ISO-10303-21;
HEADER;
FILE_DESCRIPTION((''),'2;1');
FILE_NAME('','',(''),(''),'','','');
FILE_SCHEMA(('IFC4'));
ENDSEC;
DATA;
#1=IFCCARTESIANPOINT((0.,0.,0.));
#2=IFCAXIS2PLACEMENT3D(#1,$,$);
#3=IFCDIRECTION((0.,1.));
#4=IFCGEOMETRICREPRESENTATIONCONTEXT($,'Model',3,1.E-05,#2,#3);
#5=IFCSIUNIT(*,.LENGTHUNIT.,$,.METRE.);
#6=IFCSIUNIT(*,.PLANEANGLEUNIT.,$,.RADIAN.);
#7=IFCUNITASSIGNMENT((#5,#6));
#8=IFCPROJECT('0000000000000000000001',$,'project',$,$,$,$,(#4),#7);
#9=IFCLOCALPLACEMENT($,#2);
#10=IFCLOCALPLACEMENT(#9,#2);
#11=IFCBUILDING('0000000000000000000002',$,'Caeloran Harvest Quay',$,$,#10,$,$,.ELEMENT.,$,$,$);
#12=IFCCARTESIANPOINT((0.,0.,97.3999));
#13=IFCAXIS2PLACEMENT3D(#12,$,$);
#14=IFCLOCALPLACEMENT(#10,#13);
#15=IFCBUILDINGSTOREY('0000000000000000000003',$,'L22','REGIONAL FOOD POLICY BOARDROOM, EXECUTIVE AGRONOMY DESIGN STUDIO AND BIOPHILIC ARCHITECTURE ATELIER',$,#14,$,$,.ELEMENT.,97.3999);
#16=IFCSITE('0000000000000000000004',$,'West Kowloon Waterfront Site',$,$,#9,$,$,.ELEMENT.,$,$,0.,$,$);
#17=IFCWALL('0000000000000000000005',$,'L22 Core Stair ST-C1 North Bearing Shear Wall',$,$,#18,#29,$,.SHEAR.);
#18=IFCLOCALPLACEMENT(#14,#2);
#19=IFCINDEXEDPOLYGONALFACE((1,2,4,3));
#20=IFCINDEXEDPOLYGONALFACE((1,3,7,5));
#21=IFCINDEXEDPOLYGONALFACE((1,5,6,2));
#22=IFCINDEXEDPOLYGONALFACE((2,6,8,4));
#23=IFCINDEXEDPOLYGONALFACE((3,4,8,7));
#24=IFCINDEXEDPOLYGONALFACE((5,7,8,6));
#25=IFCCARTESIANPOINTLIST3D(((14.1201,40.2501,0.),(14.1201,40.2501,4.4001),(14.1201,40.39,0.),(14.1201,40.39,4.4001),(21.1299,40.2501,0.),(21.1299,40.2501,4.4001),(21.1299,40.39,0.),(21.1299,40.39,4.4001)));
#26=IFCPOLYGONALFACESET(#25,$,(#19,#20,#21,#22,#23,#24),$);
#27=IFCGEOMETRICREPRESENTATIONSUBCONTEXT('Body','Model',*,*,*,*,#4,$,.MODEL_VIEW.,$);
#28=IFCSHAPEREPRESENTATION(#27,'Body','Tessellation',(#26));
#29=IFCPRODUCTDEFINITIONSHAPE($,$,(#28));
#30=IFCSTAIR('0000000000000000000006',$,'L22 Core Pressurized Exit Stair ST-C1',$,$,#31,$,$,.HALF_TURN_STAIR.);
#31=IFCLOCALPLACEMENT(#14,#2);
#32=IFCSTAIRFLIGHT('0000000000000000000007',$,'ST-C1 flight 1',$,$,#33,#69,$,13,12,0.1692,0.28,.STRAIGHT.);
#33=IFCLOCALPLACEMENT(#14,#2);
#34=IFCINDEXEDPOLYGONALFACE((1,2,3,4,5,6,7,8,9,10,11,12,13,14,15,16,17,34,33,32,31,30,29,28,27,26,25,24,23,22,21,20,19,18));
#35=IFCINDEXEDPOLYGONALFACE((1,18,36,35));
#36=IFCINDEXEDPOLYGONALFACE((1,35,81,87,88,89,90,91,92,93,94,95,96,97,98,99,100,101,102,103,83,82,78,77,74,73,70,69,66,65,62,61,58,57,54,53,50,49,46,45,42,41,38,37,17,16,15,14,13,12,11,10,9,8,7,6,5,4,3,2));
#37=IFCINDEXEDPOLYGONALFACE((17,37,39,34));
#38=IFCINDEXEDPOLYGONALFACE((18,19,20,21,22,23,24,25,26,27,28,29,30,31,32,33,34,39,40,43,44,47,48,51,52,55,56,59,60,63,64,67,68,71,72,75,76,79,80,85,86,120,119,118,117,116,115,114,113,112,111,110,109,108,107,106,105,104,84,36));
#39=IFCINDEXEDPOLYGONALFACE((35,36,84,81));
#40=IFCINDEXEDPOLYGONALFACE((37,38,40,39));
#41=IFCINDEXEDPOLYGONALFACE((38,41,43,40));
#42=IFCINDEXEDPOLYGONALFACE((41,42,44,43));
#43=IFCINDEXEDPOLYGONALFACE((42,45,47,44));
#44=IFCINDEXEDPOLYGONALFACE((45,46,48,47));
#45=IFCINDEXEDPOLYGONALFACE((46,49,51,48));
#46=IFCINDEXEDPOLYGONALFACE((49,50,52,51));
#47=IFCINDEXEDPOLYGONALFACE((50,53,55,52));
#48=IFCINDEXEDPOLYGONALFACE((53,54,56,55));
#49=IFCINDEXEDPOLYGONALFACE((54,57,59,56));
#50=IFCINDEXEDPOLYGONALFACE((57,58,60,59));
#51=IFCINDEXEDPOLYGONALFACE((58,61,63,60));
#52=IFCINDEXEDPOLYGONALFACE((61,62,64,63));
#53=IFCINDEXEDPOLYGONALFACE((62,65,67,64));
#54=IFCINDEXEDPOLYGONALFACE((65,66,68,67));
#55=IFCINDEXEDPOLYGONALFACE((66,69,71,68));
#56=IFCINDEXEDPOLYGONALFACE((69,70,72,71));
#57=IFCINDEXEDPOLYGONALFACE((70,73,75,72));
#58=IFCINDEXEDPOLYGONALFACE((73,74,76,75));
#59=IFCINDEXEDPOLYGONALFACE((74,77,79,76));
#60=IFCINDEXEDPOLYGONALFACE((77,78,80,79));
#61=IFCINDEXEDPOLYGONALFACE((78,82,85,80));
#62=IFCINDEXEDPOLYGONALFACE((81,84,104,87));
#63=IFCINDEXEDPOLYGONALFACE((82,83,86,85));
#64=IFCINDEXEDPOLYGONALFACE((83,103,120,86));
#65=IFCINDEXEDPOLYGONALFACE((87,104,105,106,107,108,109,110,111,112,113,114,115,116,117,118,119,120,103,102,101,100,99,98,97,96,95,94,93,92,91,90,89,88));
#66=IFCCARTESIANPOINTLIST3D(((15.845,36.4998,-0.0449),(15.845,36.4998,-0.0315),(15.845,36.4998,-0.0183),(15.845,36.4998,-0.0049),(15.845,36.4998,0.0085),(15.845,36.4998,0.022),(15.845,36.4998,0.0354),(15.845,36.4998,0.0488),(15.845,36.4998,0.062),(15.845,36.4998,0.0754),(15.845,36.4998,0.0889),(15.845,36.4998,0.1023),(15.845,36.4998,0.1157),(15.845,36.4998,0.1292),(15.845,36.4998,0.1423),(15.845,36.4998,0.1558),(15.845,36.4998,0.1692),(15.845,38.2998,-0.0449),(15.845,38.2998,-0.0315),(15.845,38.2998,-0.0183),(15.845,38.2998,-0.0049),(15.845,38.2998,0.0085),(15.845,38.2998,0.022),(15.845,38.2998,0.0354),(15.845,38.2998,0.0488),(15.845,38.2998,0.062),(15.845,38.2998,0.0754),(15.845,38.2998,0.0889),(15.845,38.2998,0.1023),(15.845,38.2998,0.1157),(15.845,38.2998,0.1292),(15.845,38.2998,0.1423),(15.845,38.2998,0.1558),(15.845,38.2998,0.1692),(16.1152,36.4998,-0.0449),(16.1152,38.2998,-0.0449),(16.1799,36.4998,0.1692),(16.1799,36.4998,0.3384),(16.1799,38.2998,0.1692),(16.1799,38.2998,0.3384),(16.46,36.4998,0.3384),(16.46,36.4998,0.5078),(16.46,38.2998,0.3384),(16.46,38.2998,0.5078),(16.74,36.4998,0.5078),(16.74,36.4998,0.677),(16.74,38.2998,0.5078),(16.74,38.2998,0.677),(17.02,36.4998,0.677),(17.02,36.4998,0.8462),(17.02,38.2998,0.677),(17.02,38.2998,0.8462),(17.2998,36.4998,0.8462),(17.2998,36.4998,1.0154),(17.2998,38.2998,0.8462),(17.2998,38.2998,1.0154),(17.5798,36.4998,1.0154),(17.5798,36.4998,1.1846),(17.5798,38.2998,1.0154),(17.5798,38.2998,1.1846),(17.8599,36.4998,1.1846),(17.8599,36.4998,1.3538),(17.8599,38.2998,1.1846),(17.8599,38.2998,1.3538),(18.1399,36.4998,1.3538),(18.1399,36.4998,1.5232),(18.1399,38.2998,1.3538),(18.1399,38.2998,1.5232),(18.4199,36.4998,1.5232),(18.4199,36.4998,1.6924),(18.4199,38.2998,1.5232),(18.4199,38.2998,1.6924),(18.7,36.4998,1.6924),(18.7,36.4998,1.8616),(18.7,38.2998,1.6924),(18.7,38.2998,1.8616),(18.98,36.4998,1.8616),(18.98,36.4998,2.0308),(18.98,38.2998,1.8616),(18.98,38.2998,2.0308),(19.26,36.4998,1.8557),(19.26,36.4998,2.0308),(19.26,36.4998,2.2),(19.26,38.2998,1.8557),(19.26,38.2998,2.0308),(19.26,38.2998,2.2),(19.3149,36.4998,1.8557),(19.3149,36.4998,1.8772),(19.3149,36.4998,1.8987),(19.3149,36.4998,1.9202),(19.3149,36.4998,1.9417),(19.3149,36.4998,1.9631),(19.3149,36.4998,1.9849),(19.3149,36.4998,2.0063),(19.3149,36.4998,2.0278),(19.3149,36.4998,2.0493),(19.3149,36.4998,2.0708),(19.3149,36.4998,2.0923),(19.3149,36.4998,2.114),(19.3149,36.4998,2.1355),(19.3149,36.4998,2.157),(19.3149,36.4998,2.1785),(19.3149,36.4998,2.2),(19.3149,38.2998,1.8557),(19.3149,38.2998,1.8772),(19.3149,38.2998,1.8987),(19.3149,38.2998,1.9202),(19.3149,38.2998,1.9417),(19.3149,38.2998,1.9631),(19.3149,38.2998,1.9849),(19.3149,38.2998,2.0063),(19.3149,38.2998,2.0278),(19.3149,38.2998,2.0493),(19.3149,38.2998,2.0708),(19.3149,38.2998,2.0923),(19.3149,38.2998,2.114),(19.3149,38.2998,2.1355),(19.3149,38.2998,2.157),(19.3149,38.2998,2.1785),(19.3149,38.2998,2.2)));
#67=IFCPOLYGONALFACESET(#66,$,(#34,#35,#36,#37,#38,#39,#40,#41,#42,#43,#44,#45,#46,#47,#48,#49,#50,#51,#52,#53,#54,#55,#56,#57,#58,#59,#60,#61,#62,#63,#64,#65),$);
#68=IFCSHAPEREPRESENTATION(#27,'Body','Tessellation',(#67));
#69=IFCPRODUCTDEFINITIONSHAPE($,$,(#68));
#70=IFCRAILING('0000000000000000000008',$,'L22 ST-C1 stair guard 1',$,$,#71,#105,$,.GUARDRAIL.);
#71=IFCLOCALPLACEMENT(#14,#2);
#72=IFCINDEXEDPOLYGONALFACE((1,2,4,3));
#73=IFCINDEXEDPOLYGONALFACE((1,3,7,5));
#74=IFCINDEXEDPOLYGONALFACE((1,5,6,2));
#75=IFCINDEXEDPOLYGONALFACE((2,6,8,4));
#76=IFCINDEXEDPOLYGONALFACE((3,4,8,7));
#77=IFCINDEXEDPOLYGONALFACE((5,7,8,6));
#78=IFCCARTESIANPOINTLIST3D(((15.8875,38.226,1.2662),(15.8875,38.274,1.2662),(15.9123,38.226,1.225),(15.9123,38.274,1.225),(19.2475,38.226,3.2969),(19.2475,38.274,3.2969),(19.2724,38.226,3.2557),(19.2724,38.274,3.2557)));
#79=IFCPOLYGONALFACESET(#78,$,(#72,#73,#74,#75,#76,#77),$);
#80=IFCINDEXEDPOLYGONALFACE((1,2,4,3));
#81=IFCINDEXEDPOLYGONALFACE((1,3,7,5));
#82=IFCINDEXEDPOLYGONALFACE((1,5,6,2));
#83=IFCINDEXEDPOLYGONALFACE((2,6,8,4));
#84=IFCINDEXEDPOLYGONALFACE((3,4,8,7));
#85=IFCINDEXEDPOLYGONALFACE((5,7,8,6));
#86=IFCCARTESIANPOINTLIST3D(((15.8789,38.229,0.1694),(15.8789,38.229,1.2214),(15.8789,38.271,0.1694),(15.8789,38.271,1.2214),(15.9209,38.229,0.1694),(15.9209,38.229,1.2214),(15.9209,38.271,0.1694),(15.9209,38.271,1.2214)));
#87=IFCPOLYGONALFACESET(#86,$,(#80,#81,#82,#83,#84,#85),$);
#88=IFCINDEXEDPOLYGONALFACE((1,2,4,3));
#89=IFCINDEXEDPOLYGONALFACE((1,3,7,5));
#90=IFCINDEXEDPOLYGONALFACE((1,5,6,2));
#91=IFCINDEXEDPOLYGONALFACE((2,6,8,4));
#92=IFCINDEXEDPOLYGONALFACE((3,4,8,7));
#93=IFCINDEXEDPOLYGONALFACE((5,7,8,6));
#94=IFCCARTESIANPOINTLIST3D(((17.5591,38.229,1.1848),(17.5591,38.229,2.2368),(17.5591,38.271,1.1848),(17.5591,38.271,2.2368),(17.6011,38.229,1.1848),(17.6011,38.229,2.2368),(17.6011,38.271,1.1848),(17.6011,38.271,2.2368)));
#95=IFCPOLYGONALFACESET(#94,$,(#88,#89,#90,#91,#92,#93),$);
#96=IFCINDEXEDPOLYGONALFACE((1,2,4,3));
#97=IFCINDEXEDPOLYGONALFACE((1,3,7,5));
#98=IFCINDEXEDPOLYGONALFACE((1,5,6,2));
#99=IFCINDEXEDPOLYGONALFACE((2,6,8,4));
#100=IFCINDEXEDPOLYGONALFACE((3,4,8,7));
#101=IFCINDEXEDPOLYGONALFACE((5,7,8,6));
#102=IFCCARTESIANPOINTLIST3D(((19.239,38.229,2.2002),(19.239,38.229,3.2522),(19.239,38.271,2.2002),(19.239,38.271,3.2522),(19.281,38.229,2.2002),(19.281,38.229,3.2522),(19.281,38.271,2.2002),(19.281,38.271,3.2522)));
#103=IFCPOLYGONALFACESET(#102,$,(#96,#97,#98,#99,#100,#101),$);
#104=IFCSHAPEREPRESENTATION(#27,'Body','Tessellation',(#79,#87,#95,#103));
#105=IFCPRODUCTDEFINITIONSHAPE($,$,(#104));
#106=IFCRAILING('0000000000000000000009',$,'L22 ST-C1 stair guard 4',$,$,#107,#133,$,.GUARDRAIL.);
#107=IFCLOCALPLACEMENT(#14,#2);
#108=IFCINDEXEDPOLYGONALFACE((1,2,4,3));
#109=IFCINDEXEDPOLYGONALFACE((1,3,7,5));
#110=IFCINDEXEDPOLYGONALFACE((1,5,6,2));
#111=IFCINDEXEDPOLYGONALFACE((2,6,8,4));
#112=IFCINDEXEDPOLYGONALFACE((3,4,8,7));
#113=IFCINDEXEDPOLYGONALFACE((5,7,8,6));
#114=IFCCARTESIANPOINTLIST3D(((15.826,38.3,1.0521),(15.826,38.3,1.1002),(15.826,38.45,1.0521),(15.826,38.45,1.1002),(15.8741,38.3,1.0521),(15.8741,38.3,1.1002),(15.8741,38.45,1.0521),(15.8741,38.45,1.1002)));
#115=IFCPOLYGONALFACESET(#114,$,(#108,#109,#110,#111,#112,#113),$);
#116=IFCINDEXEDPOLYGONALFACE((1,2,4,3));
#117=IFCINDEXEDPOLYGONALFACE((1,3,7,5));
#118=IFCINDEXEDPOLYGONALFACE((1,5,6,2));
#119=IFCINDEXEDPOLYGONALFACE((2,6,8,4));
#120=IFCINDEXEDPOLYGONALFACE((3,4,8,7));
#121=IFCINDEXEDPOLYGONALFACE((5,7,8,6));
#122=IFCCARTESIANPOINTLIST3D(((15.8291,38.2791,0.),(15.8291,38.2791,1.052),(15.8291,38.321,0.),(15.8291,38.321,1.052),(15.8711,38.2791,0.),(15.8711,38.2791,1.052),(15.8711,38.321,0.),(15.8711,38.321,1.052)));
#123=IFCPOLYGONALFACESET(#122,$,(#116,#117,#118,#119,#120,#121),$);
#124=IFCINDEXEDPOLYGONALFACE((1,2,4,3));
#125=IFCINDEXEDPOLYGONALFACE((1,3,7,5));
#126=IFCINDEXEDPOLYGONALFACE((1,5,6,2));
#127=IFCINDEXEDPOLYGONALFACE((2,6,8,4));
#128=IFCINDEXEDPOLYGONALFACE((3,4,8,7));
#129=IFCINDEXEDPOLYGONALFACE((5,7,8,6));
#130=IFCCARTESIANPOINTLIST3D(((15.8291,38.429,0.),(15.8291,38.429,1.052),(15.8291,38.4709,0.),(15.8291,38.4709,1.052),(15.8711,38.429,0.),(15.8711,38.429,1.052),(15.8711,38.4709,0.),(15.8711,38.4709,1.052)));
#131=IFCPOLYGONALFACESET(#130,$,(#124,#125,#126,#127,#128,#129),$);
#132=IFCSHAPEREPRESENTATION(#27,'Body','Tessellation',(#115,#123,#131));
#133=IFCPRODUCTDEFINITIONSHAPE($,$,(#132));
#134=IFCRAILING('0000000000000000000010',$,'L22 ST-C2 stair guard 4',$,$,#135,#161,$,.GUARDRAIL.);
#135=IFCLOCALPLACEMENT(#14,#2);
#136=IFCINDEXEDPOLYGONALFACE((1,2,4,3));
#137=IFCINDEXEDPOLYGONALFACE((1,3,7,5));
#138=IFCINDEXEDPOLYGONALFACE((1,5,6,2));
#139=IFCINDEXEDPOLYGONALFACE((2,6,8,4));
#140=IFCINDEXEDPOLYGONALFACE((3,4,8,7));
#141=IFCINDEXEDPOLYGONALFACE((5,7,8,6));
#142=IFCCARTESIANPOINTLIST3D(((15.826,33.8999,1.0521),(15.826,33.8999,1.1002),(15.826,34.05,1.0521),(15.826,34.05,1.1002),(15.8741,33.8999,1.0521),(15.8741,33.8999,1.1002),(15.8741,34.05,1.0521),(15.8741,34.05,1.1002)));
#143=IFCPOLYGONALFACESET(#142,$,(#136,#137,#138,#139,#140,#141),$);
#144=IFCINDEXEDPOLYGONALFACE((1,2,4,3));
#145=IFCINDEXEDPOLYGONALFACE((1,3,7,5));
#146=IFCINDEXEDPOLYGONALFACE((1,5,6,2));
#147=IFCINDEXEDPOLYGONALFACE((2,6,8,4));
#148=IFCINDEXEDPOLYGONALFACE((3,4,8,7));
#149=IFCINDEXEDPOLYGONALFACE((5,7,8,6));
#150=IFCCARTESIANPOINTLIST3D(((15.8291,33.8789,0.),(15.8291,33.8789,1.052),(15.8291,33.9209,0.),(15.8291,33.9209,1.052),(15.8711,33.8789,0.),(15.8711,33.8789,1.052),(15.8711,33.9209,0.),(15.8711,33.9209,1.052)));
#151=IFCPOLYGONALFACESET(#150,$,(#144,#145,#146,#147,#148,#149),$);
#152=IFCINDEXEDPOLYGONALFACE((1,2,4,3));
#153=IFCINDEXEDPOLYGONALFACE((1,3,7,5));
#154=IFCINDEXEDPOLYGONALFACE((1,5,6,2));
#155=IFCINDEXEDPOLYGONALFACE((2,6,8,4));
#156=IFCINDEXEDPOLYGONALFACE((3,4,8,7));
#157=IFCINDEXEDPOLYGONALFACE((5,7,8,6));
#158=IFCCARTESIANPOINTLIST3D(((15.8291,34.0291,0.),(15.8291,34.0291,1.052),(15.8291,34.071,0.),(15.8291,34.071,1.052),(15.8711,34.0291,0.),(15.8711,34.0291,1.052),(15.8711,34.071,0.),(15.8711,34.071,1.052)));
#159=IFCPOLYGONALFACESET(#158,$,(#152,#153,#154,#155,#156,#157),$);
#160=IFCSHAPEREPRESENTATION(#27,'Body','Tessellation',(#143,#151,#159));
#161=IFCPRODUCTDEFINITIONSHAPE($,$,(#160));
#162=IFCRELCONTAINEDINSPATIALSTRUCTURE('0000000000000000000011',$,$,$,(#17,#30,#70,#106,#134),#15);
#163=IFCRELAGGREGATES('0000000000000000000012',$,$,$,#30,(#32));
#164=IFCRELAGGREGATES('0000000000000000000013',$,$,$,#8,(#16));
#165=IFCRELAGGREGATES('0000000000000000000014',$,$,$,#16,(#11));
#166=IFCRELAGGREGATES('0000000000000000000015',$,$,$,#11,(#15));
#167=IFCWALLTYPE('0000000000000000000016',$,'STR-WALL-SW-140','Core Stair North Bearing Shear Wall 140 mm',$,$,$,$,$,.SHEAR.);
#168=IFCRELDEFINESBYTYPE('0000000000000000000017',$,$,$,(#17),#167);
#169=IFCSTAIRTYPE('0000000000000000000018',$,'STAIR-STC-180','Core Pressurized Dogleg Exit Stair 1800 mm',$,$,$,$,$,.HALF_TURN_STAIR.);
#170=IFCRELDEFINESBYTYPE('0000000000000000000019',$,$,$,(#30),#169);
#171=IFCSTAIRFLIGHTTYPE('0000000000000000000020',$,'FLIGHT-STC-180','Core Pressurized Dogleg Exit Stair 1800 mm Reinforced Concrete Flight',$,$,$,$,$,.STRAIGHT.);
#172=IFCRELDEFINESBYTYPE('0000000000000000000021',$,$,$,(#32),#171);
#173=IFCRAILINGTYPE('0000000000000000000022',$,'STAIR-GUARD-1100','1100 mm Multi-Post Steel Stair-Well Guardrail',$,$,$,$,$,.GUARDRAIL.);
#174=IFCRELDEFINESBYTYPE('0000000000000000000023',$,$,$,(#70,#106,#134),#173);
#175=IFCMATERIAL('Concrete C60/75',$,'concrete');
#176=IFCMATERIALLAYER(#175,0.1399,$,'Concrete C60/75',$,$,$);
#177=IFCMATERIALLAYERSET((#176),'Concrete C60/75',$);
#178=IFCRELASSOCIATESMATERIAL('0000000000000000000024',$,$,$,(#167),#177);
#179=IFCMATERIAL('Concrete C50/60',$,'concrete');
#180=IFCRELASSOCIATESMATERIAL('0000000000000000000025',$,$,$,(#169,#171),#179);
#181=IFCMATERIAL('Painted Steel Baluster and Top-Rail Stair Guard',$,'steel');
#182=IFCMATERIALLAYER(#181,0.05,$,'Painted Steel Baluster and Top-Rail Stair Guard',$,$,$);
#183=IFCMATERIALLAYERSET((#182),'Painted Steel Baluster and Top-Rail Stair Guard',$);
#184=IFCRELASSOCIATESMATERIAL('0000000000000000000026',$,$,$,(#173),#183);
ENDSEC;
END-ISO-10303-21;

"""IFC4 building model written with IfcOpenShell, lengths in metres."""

from ifc_helpers import new_model, si_unit, direction, frame, frame_2d, origin, origin_2d, place, context, subcontext, project, spatial, polyline, rectangle, outline, extrude, material, layer, layer_set, type_object, element, aggregate, save


model = new_model("IFC4")

# Units and contexts
model_context = context("Model", 3, precision=1e-05, world=origin(), true_north=direction((0.0, 1.0)))
body_context = subcontext(model_context, "Body", "Model", "MODEL_VIEW")
ifc_project = project(units=[si_unit("LENGTHUNIT", "METRE"), si_unit("PLANEANGLEUNIT", "RADIAN")], contexts=[model_context])

# Site, building, storey
site_placement = place(None, origin())
site = spatial("IfcSite", under=ifc_project, at=site_placement, Name="West Kowloon Waterfront Site", CompositionType="ELEMENT", RefElevation=0.0)
building_placement = place(site_placement, origin())
building = spatial("IfcBuilding", under=site, at=building_placement, Name="Caeloran Harvest Quay", CompositionType="ELEMENT")
storey_placement = place(building_placement, frame((0.0, 0.0, 97.3999)))
storey = spatial("IfcBuildingStorey", under=building, at=storey_placement, Name="L22", Description="REGIONAL FOOD POLICY BOARDROOM, EXECUTIVE AGRONOMY DESIGN STUDIO AND BIOPHILIC ARCHITECTURE ATELIER", CompositionType="ELEMENT", Elevation=97.3999)

# Shared definitions
ifc_material_1 = material(Name="Concrete C50/60", Category="concrete")

# Wall
ifc_material_2 = material(Name="Concrete C60/75", Category="concrete")
ifc_layer_1 = layer(ifc_material_2, 0.1399, Name="Concrete C60/75")
ifc_layer_set_1 = layer_set([ifc_layer_1], Name="Concrete C60/75")
wall_type_1 = type_object("IfcWallType", Name="STR-WALL-SW-140", Description="Core Stair North Bearing Shear Wall 140 mm", PredefinedType="SHEAR", material=ifc_layer_set_1)
wall_1_placement = place(storey_placement, frame((14.1201, 40.3201, 0.0), z_axis=(0.0, 0.0, 1.0), x_axis=(1.0, 0.0, 0.0)))
element("IfcWall", 1, at=wall_1_placement, inside=storey, type_object=wall_type_1, Name="L22 Core Stair ST-C1 North Bearing Shear Wall", PredefinedType="SHEAR", context=body_context, shape_type="SweptSolid", body=[
    extrude(rectangle(XDim=7.0098, YDim=0.1399, at=frame_2d((3.5049, 0.0))), origin(), (0.0, 0.0, 1.0), 4.4001),
])

# Stair, stair flight
stair_type = type_object("IfcStairType", Name="STAIR-STC-180", Description="Core Pressurized Dogleg Exit Stair 1800 mm", PredefinedType="HALF_TURN_STAIR", material=ifc_material_1)
stair_placement = place(storey_placement, origin())
stair = element("IfcStair", 2, at=stair_placement, inside=storey, type_object=stair_type, Name="L22 Core Pressurized Exit Stair ST-C1", PredefinedType="HALF_TURN_STAIR")
stair_flight_type = type_object("IfcStairFlightType", Name="FLIGHT-STC-180", Description="Core Pressurized Dogleg Exit Stair 1800 mm Reinforced Concrete Flight", PredefinedType="STRAIGHT", material=ifc_material_1)
stair_flight_placement = place(storey_placement, frame((15.8999, 37.3999, 0.0), z_axis=(0.0, 0.0, 1.0), x_axis=(1.0, 0.0, 0.0)))
stair_flight = element("IfcStairFlight", 3, at=stair_flight_placement, type_object=stair_flight_type, Name="ST-C1 flight 1", NumberOfRisers=13, NumberOfTreads=12, PredefinedType="STRAIGHT", RiserHeight=0.1692, TreadLength=0.28, context=body_context, shape_type="SweptSolid", body=[
    extrude(outline(polyline([(-0.0549, -0.0449), (-0.0549, -0.0315), (-0.0549, -0.0183), (-0.0549, -0.0049), (-0.0549, 0.0085), (-0.0549, 0.022), (-0.0549, 0.0354), (-0.0549, 0.0488), (-0.0549, 0.062), (-0.0549, 0.0754), (-0.0549, 0.0889), (-0.0549, 0.1023), (-0.0549, 0.1157), (-0.0549, 0.1292), (-0.0549, 0.1423), (-0.0549, 0.1558), (-0.0549, 0.1692), (0.28, 0.1692), (0.28, 0.3384), (0.5601, 0.3384), (0.5601, 0.5078), (0.8401, 0.5078), (0.8401, 0.677), (1.1201, 0.677), (1.1201, 0.8462), (1.3999, 0.8462), (1.3999, 1.0154), (1.6799, 1.0154), (1.6799, 1.1846), (1.96, 1.1846), (1.96, 1.3538), (2.24, 1.3538), (2.24, 1.5232), (2.52, 1.5232), (2.52, 1.6924), (2.8, 1.6924), (2.8, 1.8616), (3.0801, 1.8616), (3.0801, 2.0308), (3.3601, 2.0308), (3.3601, 2.2), (3.415, 2.2), (3.415, 2.1785), (3.415, 2.157), (3.415, 2.1355), (3.415, 2.114), (3.415, 2.0923), (3.415, 2.0708), (3.415, 2.0493), (3.415, 2.0278), (3.415, 2.0063), (3.415, 1.9849), (3.415, 1.9631), (3.415, 1.9417), (3.415, 1.9202), (3.415, 1.8987), (3.415, 1.8772), (3.415, 1.8557), (3.3601, 1.8557), (0.2153, -0.0449), (-0.0549, -0.0449)])), frame((0.0, 0.8999, 0.0), z_axis=(0.0, -1.0, 0.0), x_axis=(1.0, 0.0, 0.0)), (0.0, 0.0, 1.0), 1.8),
])
aggregate(stair, [stair_flight])

# Railings
ifc_material_3 = material(Name="Painted Steel Baluster and Top-Rail Stair Guard", Category="steel")
ifc_layer_2 = layer(ifc_material_3, 0.05, Name="Painted Steel Baluster and Top-Rail Stair Guard")
ifc_layer_set_2 = layer_set([ifc_layer_2], Name="Painted Steel Baluster and Top-Rail Stair Guard")
railing_type_1 = type_object("IfcRailingType", Name="STAIR-GUARD-1100", Description="1100 mm Multi-Post Steel Stair-Well Guardrail", PredefinedType="GUARDRAIL", material=ifc_layer_set_2)
railing_1_placement = place(storey_placement, frame((15.8999, 38.25, 0.1694)))
element("IfcRailing", 4, at=railing_1_placement, inside=storey, type_object=railing_type_1, Name="L22 ST-C1 stair guard 1", PredefinedType="GUARDRAIL", context=body_context, shape_type="SweptSolid", body=[
    extrude(rectangle(XDim=0.0481, YDim=0.0481, at=origin_2d()), frame((0.0, 0.0, 1.0762), z_axis=(0.855837, 0.0, 0.517246), x_axis=(0.0, 1.0, 0.0)), (0.0, 0.0, 1.0), 3.926),
    extrude(rectangle(XDim=0.042, YDim=0.042, at=origin_2d()), origin(), (0.0, 0.0, 1.0), 1.052),
    extrude(rectangle(XDim=0.042, YDim=0.042, at=origin_2d()), frame((1.6802, 0.0, 1.0154)), (0.0, 0.0, 1.0), 1.052),
    extrude(rectangle(XDim=0.042, YDim=0.042, at=origin_2d()), frame((3.3601, 0.0, 2.0308)), (0.0, 0.0, 1.0), 1.052),
])
railing_2_placement = place(storey_placement, frame((15.8501, 38.3, 0.0)))
element("IfcRailing", 5, at=railing_2_placement, inside=storey, type_object=railing_type_1, Name="L22 ST-C1 stair guard 4", PredefinedType="GUARDRAIL", context=body_context, shape_type="SweptSolid", body=[
    extrude(rectangle(XDim=0.0481, YDim=0.0481, at=origin_2d()), frame((0.0, 0.0, 1.0762), z_axis=(0.0, 1.0, 0.0), x_axis=(-1.0, 0.0, 0.0)), (0.0, 0.0, 1.0), 0.1499),
    extrude(rectangle(XDim=0.042, YDim=0.042, at=origin_2d()), origin(), (0.0, 0.0, 1.0), 1.052),
    extrude(rectangle(XDim=0.042, YDim=0.042, at=origin_2d()), frame((0.0, 0.1499, 0.0)), (0.0, 0.0, 1.0), 1.052),
])
railing_3_placement = place(storey_placement, frame((15.8501, 33.8999, 0.0)))
element("IfcRailing", 6, at=railing_3_placement, inside=storey, type_object=railing_type_1, Name="L22 ST-C2 stair guard 4", PredefinedType="GUARDRAIL", context=body_context, shape_type="SweptSolid", body=[
    extrude(rectangle(XDim=0.0481, YDim=0.0481, at=origin_2d()), frame((0.0, 0.0, 1.0762), z_axis=(0.0, 1.0, 0.0), x_axis=(-1.0, 0.0, 0.0)), (0.0, 0.0, 1.0), 0.1501),
    extrude(rectangle(XDim=0.042, YDim=0.042, at=origin_2d()), origin(), (0.0, 0.0, 1.0), 1.052),
    extrude(rectangle(XDim=0.042, YDim=0.042, at=origin_2d()), frame((0.0, 0.1501, 0.0)), (0.0, 0.0, 1.0), 1.052),
])

save(model, "model.ifc")
